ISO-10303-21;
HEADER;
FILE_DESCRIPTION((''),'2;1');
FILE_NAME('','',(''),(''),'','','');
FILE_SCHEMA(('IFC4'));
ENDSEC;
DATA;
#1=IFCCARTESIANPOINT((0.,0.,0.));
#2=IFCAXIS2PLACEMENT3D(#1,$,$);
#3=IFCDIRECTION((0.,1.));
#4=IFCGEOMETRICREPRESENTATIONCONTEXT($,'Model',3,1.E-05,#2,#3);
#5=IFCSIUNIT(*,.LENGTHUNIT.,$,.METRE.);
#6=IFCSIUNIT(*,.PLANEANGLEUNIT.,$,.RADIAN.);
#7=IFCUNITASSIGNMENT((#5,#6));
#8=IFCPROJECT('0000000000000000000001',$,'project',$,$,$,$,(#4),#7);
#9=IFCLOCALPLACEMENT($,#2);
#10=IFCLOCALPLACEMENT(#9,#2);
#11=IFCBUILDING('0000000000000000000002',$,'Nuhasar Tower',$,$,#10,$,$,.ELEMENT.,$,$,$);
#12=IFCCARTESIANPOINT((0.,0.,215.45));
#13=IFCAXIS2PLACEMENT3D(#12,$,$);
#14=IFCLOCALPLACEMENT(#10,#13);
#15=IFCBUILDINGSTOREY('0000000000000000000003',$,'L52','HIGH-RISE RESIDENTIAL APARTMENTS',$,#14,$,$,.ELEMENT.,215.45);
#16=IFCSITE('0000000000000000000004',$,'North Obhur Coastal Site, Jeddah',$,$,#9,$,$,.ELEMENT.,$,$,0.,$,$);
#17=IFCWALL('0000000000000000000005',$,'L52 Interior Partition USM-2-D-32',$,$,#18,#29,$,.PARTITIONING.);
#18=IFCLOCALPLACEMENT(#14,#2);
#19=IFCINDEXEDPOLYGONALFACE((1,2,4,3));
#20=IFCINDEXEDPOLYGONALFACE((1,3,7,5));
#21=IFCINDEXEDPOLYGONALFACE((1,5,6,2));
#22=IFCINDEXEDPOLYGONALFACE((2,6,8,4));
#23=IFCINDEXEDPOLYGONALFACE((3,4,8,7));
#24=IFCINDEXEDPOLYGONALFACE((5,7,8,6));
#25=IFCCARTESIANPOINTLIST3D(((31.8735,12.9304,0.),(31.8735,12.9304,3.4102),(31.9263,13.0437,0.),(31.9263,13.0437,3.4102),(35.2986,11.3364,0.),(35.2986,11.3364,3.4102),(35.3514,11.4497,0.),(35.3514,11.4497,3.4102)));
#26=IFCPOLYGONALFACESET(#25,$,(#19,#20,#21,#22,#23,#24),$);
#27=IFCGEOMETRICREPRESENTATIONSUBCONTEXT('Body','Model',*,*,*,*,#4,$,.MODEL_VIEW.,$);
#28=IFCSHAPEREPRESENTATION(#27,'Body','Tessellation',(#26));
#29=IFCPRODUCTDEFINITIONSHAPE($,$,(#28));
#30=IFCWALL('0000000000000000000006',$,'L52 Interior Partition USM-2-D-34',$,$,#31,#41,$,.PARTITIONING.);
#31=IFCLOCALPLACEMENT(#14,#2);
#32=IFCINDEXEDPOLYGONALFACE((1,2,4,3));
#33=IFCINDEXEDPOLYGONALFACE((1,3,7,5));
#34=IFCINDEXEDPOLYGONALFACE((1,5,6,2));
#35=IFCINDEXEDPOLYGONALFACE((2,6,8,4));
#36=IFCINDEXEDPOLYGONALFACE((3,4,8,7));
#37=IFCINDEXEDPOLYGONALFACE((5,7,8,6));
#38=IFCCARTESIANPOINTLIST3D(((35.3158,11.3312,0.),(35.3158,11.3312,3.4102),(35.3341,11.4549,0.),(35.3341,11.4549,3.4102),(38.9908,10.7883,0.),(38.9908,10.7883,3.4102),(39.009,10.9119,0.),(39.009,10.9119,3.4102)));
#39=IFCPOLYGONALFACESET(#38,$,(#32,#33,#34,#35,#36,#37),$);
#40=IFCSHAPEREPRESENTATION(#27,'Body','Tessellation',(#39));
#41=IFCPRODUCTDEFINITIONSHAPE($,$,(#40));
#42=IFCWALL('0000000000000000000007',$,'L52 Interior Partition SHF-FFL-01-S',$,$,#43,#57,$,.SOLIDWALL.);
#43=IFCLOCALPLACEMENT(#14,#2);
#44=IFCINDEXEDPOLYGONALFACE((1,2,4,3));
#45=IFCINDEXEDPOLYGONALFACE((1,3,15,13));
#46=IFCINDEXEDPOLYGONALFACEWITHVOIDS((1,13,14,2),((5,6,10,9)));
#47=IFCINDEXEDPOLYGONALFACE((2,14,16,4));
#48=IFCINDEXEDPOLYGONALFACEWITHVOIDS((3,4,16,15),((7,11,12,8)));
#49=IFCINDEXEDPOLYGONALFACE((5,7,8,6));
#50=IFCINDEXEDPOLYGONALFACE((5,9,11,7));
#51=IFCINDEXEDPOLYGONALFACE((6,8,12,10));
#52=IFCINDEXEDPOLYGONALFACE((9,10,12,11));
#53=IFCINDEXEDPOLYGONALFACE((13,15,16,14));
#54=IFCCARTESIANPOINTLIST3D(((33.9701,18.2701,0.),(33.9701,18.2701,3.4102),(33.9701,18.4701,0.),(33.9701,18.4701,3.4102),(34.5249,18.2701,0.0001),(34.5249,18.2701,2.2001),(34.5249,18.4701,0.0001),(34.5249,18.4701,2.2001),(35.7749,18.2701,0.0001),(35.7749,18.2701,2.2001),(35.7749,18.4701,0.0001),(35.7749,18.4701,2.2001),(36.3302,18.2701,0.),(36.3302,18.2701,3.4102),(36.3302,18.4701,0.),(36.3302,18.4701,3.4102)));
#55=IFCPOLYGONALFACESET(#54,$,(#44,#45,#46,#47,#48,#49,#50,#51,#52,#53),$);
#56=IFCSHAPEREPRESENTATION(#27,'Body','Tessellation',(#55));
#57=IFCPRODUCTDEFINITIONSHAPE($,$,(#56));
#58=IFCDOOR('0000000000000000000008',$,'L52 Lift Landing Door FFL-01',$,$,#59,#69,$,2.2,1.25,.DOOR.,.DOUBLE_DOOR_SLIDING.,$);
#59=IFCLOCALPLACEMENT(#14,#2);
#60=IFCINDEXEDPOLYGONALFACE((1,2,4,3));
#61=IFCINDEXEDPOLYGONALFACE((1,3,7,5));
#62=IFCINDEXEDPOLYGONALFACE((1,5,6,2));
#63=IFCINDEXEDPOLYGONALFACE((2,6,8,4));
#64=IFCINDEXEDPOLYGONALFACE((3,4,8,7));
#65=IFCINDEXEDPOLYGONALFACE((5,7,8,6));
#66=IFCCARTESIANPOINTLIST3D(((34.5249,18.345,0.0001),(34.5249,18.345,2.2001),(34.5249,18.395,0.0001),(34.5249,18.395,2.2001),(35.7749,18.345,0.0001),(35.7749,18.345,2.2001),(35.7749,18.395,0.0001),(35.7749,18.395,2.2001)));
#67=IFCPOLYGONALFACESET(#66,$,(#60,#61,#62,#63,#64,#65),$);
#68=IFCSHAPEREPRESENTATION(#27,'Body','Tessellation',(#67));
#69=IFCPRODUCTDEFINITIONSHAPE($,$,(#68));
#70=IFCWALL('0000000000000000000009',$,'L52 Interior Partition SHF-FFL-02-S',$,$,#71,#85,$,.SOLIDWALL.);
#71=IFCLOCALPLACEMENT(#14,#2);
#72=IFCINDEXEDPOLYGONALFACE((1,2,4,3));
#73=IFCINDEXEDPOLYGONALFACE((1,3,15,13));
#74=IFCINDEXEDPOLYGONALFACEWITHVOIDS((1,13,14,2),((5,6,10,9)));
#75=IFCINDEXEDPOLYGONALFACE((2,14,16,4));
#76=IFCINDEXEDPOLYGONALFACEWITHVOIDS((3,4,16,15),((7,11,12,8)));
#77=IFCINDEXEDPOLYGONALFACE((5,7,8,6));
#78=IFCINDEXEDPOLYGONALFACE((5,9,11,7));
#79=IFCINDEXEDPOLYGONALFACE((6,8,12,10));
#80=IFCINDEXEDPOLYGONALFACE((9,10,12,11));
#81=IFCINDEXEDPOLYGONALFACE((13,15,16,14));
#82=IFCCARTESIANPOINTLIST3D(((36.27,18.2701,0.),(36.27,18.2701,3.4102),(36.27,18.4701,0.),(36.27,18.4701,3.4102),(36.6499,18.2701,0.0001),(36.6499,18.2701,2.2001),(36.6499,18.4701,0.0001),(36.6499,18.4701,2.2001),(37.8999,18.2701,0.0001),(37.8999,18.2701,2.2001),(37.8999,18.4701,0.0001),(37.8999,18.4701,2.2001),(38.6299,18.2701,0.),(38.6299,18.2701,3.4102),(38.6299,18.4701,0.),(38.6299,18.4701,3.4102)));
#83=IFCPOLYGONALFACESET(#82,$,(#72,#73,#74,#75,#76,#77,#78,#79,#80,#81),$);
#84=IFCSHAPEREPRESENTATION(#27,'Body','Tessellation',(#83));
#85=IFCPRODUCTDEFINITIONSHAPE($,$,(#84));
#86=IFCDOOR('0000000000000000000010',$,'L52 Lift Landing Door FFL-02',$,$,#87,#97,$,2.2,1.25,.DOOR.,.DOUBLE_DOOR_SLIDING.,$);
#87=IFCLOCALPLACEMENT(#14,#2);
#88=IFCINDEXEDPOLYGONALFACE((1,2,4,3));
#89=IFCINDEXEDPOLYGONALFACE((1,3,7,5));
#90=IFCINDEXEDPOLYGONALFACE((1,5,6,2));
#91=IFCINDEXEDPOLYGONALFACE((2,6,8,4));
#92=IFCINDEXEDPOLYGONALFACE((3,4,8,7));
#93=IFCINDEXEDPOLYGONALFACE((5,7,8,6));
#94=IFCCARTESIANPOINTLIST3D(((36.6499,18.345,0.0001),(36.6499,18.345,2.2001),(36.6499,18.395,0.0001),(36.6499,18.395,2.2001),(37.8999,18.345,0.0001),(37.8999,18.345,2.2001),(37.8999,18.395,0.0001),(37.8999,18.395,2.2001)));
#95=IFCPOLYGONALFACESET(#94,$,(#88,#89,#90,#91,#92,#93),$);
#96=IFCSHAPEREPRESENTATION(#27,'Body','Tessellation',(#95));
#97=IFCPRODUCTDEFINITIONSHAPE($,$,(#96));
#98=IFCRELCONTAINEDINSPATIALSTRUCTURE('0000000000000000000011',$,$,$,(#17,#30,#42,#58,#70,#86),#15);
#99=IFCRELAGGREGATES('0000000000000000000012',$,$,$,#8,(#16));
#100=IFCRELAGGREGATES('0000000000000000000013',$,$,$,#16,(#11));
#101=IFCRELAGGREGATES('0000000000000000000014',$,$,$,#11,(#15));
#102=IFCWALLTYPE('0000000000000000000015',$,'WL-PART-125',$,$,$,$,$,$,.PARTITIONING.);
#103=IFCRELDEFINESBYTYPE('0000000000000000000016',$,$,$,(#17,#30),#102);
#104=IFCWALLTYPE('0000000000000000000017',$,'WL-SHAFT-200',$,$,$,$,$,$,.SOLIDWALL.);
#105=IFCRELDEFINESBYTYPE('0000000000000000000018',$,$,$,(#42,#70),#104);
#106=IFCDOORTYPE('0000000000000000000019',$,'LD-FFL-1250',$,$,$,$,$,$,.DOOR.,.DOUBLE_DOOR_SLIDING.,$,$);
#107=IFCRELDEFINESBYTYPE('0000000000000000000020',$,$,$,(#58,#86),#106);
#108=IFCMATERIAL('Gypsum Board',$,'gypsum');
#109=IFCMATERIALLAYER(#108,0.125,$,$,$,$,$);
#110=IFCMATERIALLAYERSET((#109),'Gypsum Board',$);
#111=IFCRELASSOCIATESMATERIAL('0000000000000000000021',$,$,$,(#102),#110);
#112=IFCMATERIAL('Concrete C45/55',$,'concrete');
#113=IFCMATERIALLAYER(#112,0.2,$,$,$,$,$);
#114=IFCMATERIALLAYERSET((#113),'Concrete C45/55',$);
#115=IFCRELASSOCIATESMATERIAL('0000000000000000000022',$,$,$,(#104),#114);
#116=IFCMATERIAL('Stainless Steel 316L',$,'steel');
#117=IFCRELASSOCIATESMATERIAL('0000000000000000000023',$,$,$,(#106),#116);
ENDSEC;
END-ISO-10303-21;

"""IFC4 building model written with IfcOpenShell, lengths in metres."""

from ifc_helpers import new_model, si_unit, direction, frame, frame_2d, origin, place, context, subcontext, project, spatial, rectangle, extrude, material, layer, layer_set, type_object, element, fill, save


model = new_model("IFC4")

# Units and contexts
model_context = context("Model", 3, precision=1e-05, world=origin(), true_north=direction((0.0, 1.0)))
body_context = subcontext(model_context, "Body", "Model", "MODEL_VIEW")
ifc_project = project(units=[si_unit("LENGTHUNIT", "METRE"), si_unit("PLANEANGLEUNIT", "RADIAN")], contexts=[model_context])

# Site, building, storey
site_placement = place(None, origin())
site = spatial("IfcSite", under=ifc_project, at=site_placement, Name="North Obhur Coastal Site, Jeddah", CompositionType="ELEMENT", RefElevation=0.0)
building_placement = place(site_placement, origin())
building = spatial("IfcBuilding", under=site, at=building_placement, Name="Nuhasar Tower", CompositionType="ELEMENT")
storey_placement = place(building_placement, frame((0.0, 0.0, 215.45)))
storey = spatial("IfcBuildingStorey", under=building, at=storey_placement, Name="L52", Description="HIGH-RISE RESIDENTIAL APARTMENTS", CompositionType="ELEMENT", Elevation=215.45)

# Shared definitions
ifc_material_1 = material(Name="Gypsum Board", Category="gypsum")
ifc_material_2 = material(Name="Concrete C45/55", Category="concrete")

# Shared definitions
ifc_layer_1 = layer(ifc_material_1, 0.125)
ifc_layer_set_1 = layer_set([ifc_layer_1], Name="Gypsum Board")
wall_type_1 = type_object("IfcWallType", Name="WL-PART-125", PredefinedType="PARTITIONING", material=ifc_layer_set_1)

# Walls
wall_1_placement = place(storey_placement, frame((31.8999, 12.9871, 0.0), z_axis=(0.0, 0.0, 1.0), x_axis=(0.906625, -0.421937, 0.0)))
element("IfcWall", 1, at=wall_1_placement, inside=storey, type_object=wall_type_1, Name="L52 Interior Partition USM-2-D-32", PredefinedType="PARTITIONING", context=body_context, shape_type="SweptSolid", body=[
    extrude(rectangle(XDim=3.7778, YDim=0.125, at=frame_2d((1.8889, 0.0))), origin(), (0.0, 0.0, 1.0), 3.4102),
])
wall_2_placement = place(storey_placement, frame((35.325, 11.3931, 0.0), z_axis=(0.0, 0.0, 1.0), x_axis=(0.989261, -0.146158, 0.0)))
element("IfcWall", 2, at=wall_2_placement, inside=storey, type_object=wall_type_1, Name="L52 Interior Partition USM-2-D-34", PredefinedType="PARTITIONING", context=body_context, shape_type="SweptSolid", body=[
    extrude(rectangle(XDim=3.7148, YDim=0.125, at=frame_2d((1.8574, 0.0))), origin(), (0.0, 0.0, 1.0), 3.4102),
])

# Walls, openings, doors
ifc_layer_2 = layer(ifc_material_2, 0.2)
ifc_layer_set_2 = layer_set([ifc_layer_2], Name="Concrete C45/55")
wall_type_2 = type_object("IfcWallType", Name="WL-SHAFT-200", PredefinedType="SOLIDWALL", material=ifc_layer_set_2)
wall_3_placement = place(storey_placement, frame((33.97, 18.3701, 0.0), z_axis=(0.0, 0.0, 1.0), x_axis=(1.0, 0.0, 0.0)))
wall_3 = element("IfcWall", 3, at=wall_3_placement, inside=storey, type_object=wall_type_2, Name="L52 Interior Partition SHF-FFL-01-S", PredefinedType="SOLIDWALL", context=body_context, shape_type="SweptSolid", body=[
    extrude(rectangle(XDim=2.3601, YDim=0.2, at=frame_2d((1.1802, 0.0))), origin(), (0.0, 0.0, 1.0), 3.4102),
])
opening_1_placement = place(wall_3_placement, frame((0.5549, 0.0, 0.0)))
opening_1 = element("IfcOpeningElement", 4, at=opening_1_placement, cuts=wall_3, PredefinedType="OPENING", context=body_context, shape_type="SweptSolid", body=[
    extrude(rectangle(XDim=1.25, YDim=2.2, at=frame_2d((0.625, 1.1001))), frame((0.0, 0.1099, 0.0), z_axis=(0.0, -1.0, 0.0), x_axis=(1.0, 0.0, 0.0)), (0.0, 0.0, 1.0), 0.22),
])
ifc_material_3 = material(Name="Stainless Steel 316L", Category="steel")
door_type_1 = type_object("IfcDoorType", Name="LD-FFL-1250", OperationType="DOUBLE_DOOR_SLIDING", PredefinedType="DOOR", material=ifc_material_3)
door_1_placement = place(opening_1_placement, origin())
door_1 = element("IfcDoor", 5, at=door_1_placement, inside=storey, type_object=door_type_1, Name="L52 Lift Landing Door FFL-01", OperationType="DOUBLE_DOOR_SLIDING", OverallHeight=2.2, OverallWidth=1.25, PredefinedType="DOOR", context=body_context, shape_type="SweptSolid", body=[
    extrude(rectangle(XDim=1.25, YDim=2.2, at=frame_2d((0.625, 1.1001))), frame((0.0, 0.0249, 0.0), z_axis=(0.0, -1.0, 0.0), x_axis=(1.0, 0.0, 0.0)), (0.0, 0.0, 1.0), 0.05),
])
fill(opening_1, door_1)
wall_4_placement = place(storey_placement, frame((36.27, 18.3701, 0.0), z_axis=(0.0, 0.0, 1.0), x_axis=(1.0, 0.0, 0.0)))
wall_4 = element("IfcWall", 6, at=wall_4_placement, inside=storey, type_object=wall_type_2, Name="L52 Interior Partition SHF-FFL-02-S", PredefinedType="SOLIDWALL", context=body_context, shape_type="SweptSolid", body=[
    extrude(rectangle(XDim=2.3599, YDim=0.2, at=frame_2d((1.1799, 0.0))), origin(), (0.0, 0.0, 1.0), 3.4102),
])
opening_2_placement = place(wall_4_placement, frame((0.3799, 0.0, 0.0)))
opening_2 = element("IfcOpeningElement", 7, at=opening_2_placement, cuts=wall_4, PredefinedType="OPENING", context=body_context, shape_type="SweptSolid", body=[
    extrude(rectangle(XDim=1.25, YDim=2.2, at=frame_2d((0.625, 1.1001))), frame((0.0, 0.1099, 0.0), z_axis=(0.0, -1.0, 0.0), x_axis=(1.0, 0.0, 0.0)), (0.0, 0.0, 1.0), 0.22),
])
door_2_placement = place(opening_2_placement, origin())
door_2 = element("IfcDoor", 8, at=door_2_placement, inside=storey, type_object=door_type_1, Name="L52 Lift Landing Door FFL-02", OperationType="DOUBLE_DOOR_SLIDING", OverallHeight=2.2, OverallWidth=1.25, PredefinedType="DOOR", context=body_context, shape_type="SweptSolid", body=[
    extrude(rectangle(XDim=1.25, YDim=2.2, at=frame_2d((0.625, 1.1001))), frame((0.0, 0.0249, 0.0), z_axis=(0.0, -1.0, 0.0), x_axis=(1.0, 0.0, 0.0)), (0.0, 0.0, 1.0), 0.05),
])
fill(opening_2, door_2)

save(model, "model.ifc")
